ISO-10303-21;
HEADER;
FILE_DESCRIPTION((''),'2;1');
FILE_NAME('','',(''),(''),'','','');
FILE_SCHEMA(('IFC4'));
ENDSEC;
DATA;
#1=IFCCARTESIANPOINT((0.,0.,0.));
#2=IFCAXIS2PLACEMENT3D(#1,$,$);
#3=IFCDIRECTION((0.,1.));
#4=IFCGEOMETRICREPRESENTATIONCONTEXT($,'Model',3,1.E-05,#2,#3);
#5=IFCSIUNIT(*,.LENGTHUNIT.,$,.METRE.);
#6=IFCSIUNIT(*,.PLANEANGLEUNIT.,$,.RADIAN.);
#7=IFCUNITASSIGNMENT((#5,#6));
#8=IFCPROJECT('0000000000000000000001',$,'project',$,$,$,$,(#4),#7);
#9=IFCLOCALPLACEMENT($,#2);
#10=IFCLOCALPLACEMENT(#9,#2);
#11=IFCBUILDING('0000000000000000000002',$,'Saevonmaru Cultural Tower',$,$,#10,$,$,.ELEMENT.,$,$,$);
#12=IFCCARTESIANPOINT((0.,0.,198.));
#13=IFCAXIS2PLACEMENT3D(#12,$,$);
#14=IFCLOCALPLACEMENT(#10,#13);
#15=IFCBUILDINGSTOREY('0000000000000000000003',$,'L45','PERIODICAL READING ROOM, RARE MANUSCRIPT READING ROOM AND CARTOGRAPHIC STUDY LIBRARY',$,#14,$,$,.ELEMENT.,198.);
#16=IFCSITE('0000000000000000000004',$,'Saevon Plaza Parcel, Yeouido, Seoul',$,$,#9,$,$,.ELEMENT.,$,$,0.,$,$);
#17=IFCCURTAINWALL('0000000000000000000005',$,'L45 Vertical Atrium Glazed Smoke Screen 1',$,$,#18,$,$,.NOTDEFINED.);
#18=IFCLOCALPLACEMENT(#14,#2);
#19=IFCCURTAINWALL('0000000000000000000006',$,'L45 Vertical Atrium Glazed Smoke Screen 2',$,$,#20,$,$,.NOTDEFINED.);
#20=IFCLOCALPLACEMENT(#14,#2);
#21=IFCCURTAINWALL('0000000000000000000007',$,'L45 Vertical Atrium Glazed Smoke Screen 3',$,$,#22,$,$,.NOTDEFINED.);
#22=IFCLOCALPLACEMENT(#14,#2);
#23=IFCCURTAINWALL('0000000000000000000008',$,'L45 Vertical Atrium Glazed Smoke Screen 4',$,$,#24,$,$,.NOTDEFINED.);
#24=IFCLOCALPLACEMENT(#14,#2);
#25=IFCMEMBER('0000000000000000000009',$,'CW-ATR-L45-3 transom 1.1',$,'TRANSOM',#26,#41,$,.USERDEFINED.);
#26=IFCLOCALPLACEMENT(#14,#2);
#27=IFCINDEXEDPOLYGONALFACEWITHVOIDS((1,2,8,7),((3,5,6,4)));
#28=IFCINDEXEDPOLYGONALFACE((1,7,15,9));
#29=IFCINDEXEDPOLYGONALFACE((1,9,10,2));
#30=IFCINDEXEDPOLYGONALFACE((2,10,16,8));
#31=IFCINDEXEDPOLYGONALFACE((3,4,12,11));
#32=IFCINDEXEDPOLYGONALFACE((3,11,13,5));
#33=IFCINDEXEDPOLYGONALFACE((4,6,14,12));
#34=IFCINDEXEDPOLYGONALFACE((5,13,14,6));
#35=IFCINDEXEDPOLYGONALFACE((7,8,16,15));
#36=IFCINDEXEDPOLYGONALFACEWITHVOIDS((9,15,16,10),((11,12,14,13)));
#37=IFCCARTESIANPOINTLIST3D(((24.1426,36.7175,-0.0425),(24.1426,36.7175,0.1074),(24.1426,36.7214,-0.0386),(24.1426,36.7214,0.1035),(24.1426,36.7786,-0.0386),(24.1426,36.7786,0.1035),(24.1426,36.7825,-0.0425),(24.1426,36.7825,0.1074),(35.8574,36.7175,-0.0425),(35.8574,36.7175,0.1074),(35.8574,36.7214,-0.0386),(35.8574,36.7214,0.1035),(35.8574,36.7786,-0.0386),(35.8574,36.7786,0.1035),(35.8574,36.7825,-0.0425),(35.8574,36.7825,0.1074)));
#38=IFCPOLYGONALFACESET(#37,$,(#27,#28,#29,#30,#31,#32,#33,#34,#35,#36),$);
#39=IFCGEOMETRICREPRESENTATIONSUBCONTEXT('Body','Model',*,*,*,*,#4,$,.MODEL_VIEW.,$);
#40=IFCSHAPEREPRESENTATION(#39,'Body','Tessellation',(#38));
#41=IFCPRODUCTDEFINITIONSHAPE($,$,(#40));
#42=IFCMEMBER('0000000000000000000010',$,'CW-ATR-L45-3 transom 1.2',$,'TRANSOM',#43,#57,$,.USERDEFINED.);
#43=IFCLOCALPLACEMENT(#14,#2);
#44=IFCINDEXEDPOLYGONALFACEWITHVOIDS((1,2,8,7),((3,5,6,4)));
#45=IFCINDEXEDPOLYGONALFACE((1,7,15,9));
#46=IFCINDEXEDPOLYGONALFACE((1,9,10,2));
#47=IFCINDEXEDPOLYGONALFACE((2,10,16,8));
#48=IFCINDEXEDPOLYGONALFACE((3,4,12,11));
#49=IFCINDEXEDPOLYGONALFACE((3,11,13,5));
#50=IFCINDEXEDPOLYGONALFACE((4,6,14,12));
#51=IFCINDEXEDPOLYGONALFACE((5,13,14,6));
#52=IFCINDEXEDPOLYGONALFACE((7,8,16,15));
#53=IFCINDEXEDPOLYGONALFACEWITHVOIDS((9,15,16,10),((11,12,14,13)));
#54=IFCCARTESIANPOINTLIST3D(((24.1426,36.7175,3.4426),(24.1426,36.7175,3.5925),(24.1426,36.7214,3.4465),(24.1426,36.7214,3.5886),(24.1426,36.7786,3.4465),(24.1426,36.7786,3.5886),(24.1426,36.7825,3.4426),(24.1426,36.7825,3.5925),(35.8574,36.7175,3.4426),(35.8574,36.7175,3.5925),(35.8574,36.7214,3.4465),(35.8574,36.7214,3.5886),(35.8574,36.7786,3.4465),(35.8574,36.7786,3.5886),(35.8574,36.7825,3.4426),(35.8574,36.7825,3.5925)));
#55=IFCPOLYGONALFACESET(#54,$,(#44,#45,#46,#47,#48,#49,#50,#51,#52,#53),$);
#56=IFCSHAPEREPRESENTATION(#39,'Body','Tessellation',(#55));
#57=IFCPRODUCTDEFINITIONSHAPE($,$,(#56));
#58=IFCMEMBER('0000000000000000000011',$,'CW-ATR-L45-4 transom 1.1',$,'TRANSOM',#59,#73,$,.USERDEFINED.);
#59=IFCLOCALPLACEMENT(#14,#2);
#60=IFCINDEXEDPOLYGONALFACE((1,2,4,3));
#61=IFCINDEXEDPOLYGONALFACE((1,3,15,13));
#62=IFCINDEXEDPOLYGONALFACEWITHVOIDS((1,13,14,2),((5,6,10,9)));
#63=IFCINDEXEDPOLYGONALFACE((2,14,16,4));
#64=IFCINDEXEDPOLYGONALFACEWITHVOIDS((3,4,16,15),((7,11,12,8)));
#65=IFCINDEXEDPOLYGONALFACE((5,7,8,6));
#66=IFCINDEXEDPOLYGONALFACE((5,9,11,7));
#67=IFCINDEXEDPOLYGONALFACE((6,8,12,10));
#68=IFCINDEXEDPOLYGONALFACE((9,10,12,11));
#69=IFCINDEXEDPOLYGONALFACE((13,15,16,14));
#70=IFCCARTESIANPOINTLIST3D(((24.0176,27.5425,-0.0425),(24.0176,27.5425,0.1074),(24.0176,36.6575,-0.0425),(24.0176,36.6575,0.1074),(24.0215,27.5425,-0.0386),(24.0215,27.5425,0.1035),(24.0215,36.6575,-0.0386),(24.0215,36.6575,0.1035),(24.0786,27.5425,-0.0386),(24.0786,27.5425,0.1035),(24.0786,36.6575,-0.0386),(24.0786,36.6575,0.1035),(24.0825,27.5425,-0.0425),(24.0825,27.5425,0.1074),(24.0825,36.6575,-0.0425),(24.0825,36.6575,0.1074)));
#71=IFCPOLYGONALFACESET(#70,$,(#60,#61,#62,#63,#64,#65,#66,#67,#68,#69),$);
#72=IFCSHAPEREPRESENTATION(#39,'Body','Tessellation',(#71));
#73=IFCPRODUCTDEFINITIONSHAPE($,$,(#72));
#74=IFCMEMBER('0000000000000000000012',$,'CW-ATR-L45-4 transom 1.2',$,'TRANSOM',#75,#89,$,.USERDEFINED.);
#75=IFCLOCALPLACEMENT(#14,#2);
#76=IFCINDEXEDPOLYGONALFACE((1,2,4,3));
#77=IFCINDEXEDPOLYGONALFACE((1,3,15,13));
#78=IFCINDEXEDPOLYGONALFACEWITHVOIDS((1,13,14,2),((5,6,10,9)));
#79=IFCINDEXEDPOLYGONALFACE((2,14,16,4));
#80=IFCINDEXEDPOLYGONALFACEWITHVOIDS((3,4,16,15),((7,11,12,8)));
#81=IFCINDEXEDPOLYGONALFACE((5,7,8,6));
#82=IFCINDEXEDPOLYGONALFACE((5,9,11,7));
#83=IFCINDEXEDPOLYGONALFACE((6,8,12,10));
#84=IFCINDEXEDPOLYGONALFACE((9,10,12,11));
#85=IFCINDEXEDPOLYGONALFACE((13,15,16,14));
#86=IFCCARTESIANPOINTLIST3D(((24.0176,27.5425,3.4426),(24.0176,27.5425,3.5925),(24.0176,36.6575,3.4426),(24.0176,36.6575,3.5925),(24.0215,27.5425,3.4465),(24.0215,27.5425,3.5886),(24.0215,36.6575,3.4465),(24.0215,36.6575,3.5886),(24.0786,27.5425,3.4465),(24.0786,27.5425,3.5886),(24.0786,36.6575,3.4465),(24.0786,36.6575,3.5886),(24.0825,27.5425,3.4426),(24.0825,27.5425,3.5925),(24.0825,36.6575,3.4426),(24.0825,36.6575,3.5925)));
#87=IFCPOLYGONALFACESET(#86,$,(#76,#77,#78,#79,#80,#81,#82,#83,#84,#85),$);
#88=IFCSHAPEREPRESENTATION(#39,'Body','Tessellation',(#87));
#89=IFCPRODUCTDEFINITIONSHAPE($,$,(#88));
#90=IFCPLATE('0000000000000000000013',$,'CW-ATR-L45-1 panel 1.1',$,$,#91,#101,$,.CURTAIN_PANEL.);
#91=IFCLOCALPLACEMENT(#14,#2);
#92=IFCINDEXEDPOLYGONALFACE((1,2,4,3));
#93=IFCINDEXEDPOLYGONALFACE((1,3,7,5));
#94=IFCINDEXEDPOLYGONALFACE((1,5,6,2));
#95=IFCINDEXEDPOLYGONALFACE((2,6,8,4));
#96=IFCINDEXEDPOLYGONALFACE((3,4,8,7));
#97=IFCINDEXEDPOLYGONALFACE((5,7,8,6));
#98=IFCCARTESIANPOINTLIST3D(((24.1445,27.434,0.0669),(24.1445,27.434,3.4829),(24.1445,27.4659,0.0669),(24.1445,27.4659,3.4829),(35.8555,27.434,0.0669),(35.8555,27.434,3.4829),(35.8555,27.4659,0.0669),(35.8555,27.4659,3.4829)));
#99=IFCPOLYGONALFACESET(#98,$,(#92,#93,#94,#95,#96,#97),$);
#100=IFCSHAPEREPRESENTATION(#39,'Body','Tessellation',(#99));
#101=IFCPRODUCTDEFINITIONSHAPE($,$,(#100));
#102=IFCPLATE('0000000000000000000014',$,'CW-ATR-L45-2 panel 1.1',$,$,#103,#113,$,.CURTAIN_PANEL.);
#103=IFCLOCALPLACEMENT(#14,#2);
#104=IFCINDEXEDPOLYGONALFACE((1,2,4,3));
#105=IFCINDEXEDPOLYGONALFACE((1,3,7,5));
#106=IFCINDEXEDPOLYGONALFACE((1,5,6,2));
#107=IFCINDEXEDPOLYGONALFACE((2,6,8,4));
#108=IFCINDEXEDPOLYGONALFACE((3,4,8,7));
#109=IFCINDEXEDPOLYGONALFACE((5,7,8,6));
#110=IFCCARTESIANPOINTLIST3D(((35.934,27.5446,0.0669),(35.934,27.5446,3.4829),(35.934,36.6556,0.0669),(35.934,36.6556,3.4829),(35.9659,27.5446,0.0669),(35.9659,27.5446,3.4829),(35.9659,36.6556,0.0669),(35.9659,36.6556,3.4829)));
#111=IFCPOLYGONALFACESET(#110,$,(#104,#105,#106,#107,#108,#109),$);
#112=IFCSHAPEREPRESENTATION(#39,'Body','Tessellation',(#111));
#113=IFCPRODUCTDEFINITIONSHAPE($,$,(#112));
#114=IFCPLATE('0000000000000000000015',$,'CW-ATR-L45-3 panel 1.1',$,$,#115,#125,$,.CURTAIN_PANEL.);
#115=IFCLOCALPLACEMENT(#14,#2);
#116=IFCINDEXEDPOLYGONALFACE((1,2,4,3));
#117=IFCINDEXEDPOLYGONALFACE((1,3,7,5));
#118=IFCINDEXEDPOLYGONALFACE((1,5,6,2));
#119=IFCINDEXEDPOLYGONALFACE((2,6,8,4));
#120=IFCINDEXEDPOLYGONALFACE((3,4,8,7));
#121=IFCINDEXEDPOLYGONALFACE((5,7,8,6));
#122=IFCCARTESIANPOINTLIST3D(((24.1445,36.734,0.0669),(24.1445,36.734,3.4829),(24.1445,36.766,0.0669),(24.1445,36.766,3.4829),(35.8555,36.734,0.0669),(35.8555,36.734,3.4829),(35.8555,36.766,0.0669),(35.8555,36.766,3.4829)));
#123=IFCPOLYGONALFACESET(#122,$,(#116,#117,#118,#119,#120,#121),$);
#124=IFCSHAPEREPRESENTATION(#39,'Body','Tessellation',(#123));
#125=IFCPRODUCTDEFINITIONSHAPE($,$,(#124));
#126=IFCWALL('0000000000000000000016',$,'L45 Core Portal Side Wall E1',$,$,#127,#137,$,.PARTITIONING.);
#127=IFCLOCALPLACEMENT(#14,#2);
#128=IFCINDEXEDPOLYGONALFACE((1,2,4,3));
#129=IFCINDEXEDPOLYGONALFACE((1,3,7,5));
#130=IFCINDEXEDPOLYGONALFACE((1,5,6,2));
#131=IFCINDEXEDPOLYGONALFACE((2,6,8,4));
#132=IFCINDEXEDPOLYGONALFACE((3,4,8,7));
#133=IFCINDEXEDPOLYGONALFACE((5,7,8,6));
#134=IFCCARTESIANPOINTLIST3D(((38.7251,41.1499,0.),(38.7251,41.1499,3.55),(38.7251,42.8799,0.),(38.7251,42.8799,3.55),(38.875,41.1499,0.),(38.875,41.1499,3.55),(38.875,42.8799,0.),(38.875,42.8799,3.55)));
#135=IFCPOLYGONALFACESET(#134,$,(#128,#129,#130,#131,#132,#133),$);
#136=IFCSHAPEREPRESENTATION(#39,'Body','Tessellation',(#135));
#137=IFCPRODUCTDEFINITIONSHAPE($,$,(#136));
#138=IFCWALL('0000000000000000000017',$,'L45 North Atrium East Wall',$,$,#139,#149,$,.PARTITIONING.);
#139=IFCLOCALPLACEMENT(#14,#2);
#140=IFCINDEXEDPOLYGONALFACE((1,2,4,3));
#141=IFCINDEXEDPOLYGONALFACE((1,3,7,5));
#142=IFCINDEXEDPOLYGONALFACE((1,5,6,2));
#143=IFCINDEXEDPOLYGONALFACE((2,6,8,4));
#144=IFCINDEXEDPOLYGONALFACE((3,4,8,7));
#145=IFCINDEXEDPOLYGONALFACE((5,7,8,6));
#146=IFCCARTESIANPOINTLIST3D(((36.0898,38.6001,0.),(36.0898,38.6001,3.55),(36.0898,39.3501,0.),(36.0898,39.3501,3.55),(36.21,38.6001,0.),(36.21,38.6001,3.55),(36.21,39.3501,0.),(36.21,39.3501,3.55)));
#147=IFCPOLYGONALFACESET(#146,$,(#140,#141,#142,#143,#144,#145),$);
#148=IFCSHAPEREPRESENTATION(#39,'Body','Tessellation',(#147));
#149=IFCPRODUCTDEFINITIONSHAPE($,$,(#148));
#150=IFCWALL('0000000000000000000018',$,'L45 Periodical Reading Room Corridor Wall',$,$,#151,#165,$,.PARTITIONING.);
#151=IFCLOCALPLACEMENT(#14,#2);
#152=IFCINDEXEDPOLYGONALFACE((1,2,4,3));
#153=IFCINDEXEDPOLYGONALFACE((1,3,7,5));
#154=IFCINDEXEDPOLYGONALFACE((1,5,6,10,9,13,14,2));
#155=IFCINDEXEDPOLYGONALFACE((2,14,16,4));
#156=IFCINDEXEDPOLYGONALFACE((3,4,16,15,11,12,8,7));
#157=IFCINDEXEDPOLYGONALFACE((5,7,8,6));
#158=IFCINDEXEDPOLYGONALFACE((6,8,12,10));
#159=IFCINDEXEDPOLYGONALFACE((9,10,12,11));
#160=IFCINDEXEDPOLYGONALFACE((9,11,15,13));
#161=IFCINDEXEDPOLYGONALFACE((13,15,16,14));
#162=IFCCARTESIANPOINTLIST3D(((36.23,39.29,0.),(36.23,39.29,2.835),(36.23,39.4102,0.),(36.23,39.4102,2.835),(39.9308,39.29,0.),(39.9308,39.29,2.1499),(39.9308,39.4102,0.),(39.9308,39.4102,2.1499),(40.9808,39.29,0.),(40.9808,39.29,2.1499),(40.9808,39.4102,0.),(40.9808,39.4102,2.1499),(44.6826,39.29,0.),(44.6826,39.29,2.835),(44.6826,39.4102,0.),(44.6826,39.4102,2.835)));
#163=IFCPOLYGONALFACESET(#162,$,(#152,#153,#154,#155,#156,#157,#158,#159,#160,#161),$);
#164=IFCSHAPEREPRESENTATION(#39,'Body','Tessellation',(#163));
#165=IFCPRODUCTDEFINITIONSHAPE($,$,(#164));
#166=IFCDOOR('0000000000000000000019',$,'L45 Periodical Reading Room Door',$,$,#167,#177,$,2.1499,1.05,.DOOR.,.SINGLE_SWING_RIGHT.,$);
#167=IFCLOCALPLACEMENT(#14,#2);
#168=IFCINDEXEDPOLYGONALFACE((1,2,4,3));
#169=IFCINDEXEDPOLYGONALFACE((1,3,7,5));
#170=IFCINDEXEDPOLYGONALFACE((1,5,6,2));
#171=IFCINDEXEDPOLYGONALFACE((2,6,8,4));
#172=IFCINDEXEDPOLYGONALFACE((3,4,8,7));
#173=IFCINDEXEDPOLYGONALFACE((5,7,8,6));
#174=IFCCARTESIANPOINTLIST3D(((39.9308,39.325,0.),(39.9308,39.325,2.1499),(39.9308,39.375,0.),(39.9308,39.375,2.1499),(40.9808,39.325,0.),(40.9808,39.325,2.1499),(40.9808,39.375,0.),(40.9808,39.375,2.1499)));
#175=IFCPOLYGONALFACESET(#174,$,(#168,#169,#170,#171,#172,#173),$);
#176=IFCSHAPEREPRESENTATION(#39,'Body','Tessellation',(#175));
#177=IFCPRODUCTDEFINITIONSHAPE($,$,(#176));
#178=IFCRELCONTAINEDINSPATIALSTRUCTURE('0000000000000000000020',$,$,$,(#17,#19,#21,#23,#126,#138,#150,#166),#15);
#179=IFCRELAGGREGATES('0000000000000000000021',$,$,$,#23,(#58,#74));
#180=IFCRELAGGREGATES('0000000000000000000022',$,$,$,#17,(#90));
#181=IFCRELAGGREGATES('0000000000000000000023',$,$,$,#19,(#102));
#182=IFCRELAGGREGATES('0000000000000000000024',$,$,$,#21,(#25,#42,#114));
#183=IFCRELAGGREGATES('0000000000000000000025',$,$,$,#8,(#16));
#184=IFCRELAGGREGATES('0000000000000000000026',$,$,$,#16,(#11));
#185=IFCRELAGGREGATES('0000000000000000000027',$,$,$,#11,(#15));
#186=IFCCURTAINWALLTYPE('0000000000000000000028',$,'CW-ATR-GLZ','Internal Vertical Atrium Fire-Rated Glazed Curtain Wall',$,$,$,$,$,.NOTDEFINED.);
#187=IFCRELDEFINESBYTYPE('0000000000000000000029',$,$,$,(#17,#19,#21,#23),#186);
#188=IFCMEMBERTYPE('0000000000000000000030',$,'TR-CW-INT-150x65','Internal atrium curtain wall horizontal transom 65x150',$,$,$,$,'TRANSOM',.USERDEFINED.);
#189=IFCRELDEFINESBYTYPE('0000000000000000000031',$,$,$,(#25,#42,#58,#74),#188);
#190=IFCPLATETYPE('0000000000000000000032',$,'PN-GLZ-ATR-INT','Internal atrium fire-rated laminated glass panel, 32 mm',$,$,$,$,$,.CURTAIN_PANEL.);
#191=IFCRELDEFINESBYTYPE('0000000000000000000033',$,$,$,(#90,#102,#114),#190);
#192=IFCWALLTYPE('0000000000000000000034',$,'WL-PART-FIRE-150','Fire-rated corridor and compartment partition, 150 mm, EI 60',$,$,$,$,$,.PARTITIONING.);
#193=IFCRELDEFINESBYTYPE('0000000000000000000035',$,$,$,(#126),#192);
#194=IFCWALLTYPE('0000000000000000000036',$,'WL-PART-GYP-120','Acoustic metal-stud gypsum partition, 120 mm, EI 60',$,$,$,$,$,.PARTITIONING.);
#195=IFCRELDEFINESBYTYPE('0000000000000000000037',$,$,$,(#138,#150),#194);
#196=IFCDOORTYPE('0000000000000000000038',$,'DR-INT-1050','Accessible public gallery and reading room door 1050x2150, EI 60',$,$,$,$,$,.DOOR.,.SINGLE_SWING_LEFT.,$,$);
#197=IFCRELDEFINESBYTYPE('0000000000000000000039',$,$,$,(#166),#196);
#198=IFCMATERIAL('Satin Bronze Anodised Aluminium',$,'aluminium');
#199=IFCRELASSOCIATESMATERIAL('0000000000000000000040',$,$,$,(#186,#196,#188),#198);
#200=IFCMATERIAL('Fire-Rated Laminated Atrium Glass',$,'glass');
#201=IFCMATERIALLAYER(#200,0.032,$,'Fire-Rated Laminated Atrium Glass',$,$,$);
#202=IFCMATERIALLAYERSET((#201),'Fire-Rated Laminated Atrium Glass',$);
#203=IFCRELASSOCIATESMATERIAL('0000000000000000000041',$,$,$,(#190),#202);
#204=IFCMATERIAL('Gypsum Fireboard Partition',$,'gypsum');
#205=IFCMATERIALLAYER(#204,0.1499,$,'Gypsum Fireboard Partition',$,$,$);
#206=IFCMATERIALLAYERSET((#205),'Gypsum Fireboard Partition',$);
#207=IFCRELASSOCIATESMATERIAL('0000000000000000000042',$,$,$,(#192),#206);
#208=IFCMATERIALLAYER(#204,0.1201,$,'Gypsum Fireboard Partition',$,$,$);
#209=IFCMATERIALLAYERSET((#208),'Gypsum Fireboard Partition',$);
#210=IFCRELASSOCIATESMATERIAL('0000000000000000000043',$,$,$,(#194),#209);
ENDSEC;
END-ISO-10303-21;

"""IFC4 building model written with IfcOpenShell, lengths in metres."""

from ifc_helpers import new_model, si_unit, direction, frame, frame_2d, origin, origin_2d, place, context, subcontext, project, spatial, rectangle, hollow_rectangle, extrude, material, layer, layer_set, material_profile, profile_set, type_object, element, fill, aggregate, save


model = new_model("IFC4")

# Units and contexts
model_context = context("Model", 3, precision=1e-05, world=origin(), true_north=direction((0.0, 1.0)))
body_context = subcontext(model_context, "Body", "Model", "MODEL_VIEW")
ifc_project = project(units=[si_unit("LENGTHUNIT", "METRE"), si_unit("PLANEANGLEUNIT", "RADIAN")], contexts=[model_context])

# Site, building, storey
site_placement = place(None, origin())
site = spatial("IfcSite", under=ifc_project, at=site_placement, Name="Saevon Plaza Parcel, Yeouido, Seoul", CompositionType="ELEMENT", RefElevation=0.0)
building_placement = place(site_placement, origin())
building = spatial("IfcBuilding", under=site, at=building_placement, Name="Saevonmaru Cultural Tower", CompositionType="ELEMENT")
storey_placement = place(building_placement, frame((0.0, 0.0, 198.0)))
storey = spatial("IfcBuildingStorey", under=building, at=storey_placement, Name="L45", Description="PERIODICAL READING ROOM, RARE MANUSCRIPT READING ROOM AND CARTOGRAPHIC STUDY LIBRARY", CompositionType="ELEMENT", Elevation=198.0)

# Curtain walls
ifc_material_1 = material(Name="Satin Bronze Anodised Aluminium", Category="aluminium")
curtain_wall_type = type_object("IfcCurtainWallType", Name="CW-ATR-GLZ", Description="Internal Vertical Atrium Fire-Rated Glazed Curtain Wall", PredefinedType="NOTDEFINED", material=ifc_material_1)
curtain_wall_1_placement = place(storey_placement, origin())
curtain_wall_1 = element("IfcCurtainWall", 1, at=curtain_wall_1_placement, inside=storey, type_object=curtain_wall_type, Name="L45 Vertical Atrium Glazed Smoke Screen 1", PredefinedType="NOTDEFINED")
curtain_wall_2_placement = place(storey_placement, origin())
curtain_wall_2 = element("IfcCurtainWall", 2, at=curtain_wall_2_placement, inside=storey, type_object=curtain_wall_type, Name="L45 Vertical Atrium Glazed Smoke Screen 2", PredefinedType="NOTDEFINED")
curtain_wall_3_placement = place(storey_placement, origin())
curtain_wall_3 = element("IfcCurtainWall", 3, at=curtain_wall_3_placement, inside=storey, type_object=curtain_wall_type, Name="L45 Vertical Atrium Glazed Smoke Screen 3", PredefinedType="NOTDEFINED")

# Curtain wall
curtain_wall_4_placement = place(storey_placement, origin())
curtain_wall_4 = element("IfcCurtainWall", 4, at=curtain_wall_4_placement, inside=storey, type_object=curtain_wall_type, Name="L45 Vertical Atrium Glazed Smoke Screen 4", PredefinedType="NOTDEFINED")

# Members
ifc_material_profile_1 = material_profile(ifc_material_1, hollow_rectangle(XDim=0.0649, YDim=0.1499, WallThickness=0.0039, at=origin_2d()), Name="ALU-TRAN-150x65x4")
ifc_profile_set_1 = profile_set([ifc_material_profile_1], Name="Satin Bronze Anodised Aluminium")
member_type_1 = type_object("IfcMemberType", Name="TR-CW-INT-150x65", Description="Internal atrium curtain wall horizontal transom 65x150", ElementType="TRANSOM", PredefinedType="USERDEFINED", material=ifc_profile_set_1)
member_1_placement = place(storey_placement, frame((35.8574, 36.75, 0.0325), z_axis=(-1.0, 0.0, 0.0), x_axis=(0.0, -1.0, 0.0)))
member_1 = element("IfcMember", 5, at=member_1_placement, type_object=member_type_1, Name="CW-ATR-L45-3 transom 1.1", ObjectType="TRANSOM", PredefinedType="USERDEFINED", context=body_context, shape_type="SweptSolid", body=[
    extrude(hollow_rectangle(XDim=0.0649, YDim=0.1499, WallThickness=0.0039, at=origin_2d()), origin(), (0.0, 0.0, 1.0), 11.7148),
])
member_2_placement = place(storey_placement, frame((35.8574, 36.75, 3.5176), z_axis=(-1.0, 0.0, 0.0), x_axis=(0.0, -1.0, 0.0)))
member_2 = element("IfcMember", 6, at=member_2_placement, type_object=member_type_1, Name="CW-ATR-L45-3 transom 1.2", ObjectType="TRANSOM", PredefinedType="USERDEFINED", context=body_context, shape_type="SweptSolid", body=[
    extrude(hollow_rectangle(XDim=0.0649, YDim=0.1499, WallThickness=0.0039, at=origin_2d()), origin(), (0.0, 0.0, 1.0), 11.7148),
])
member_3_placement = place(storey_placement, frame((24.05, 36.6575, 0.0325), z_axis=(0.0, -1.0, 0.0), x_axis=(1.0, 0.0, 0.0)))
member_3 = element("IfcMember", 7, at=member_3_placement, type_object=member_type_1, Name="CW-ATR-L45-4 transom 1.1", ObjectType="TRANSOM", PredefinedType="USERDEFINED", context=body_context, shape_type="SweptSolid", body=[
    extrude(hollow_rectangle(XDim=0.0649, YDim=0.1499, WallThickness=0.0039, at=origin_2d()), origin(), (0.0, 0.0, 1.0), 9.115),
])
member_4_placement = place(storey_placement, frame((24.05, 36.6575, 3.5176), z_axis=(0.0, -1.0, 0.0), x_axis=(1.0, 0.0, 0.0)))
member_4 = element("IfcMember", 8, at=member_4_placement, type_object=member_type_1, Name="CW-ATR-L45-4 transom 1.2", ObjectType="TRANSOM", PredefinedType="USERDEFINED", context=body_context, shape_type="SweptSolid", body=[
    extrude(hollow_rectangle(XDim=0.0649, YDim=0.1499, WallThickness=0.0039, at=origin_2d()), origin(), (0.0, 0.0, 1.0), 9.115),
])
aggregate(curtain_wall_4, [member_3, member_4])

# Plates
ifc_material_2 = material(Name="Fire-Rated Laminated Atrium Glass", Category="glass")
ifc_layer_1 = layer(ifc_material_2, 0.032, Name="Fire-Rated Laminated Atrium Glass")
ifc_layer_set_1 = layer_set([ifc_layer_1], Name="Fire-Rated Laminated Atrium Glass")
plate_type = type_object("IfcPlateType", Name="PN-GLZ-ATR-INT", Description="Internal atrium fire-rated laminated glass panel, 32 mm", PredefinedType="CURTAIN_PANEL", material=ifc_layer_set_1)
plate_1_placement = place(storey_placement, frame((30.0, 27.45, 0.0669), z_axis=(0.0, 0.0, 1.0), x_axis=(1.0, 0.0, 0.0)))
plate_1 = element("IfcPlate", 9, at=plate_1_placement, type_object=plate_type, Name="CW-ATR-L45-1 panel 1.1", PredefinedType="CURTAIN_PANEL", context=body_context, shape_type="SweptSolid", body=[
    extrude(rectangle(XDim=11.7109, YDim=0.032, at=origin_2d()), origin(), (0.0, 0.0, 1.0), 3.416),
])
aggregate(curtain_wall_1, [plate_1])
plate_2_placement = place(storey_placement, frame((35.95, 32.1001, 0.0669), z_axis=(0.0, 0.0, 1.0), x_axis=(0.0, 1.0, 0.0)))
plate_2 = element("IfcPlate", 10, at=plate_2_placement, type_object=plate_type, Name="CW-ATR-L45-2 panel 1.1", PredefinedType="CURTAIN_PANEL", context=body_context, shape_type="SweptSolid", body=[
    extrude(rectangle(XDim=9.1111, YDim=0.032, at=origin_2d()), origin(), (0.0, 0.0, 1.0), 3.416),
])
aggregate(curtain_wall_2, [plate_2])
plate_3_placement = place(storey_placement, frame((30.0, 36.75, 0.0669), z_axis=(0.0, 0.0, 1.0), x_axis=(-1.0, 0.0, 0.0)))
plate_3 = element("IfcPlate", 11, at=plate_3_placement, type_object=plate_type, Name="CW-ATR-L45-3 panel 1.1", PredefinedType="CURTAIN_PANEL", context=body_context, shape_type="SweptSolid", body=[
    extrude(rectangle(XDim=11.7109, YDim=0.032, at=origin_2d()), origin(), (0.0, 0.0, 1.0), 3.416),
])
aggregate(curtain_wall_3, [member_1, member_2, plate_3])

# Walls
ifc_material_3 = material(Name="Gypsum Fireboard Partition", Category="gypsum")
ifc_layer_2 = layer(ifc_material_3, 0.1499, Name="Gypsum Fireboard Partition")
ifc_layer_set_2 = layer_set([ifc_layer_2], Name="Gypsum Fireboard Partition")
wall_type_1 = type_object("IfcWallType", Name="WL-PART-FIRE-150", Description="Fire-rated corridor and compartment partition, 150 mm, EI 60", PredefinedType="PARTITIONING", material=ifc_layer_set_2)
wall_1_placement = place(storey_placement, frame((38.8, 41.1499, 0.0), z_axis=(0.0, 0.0, 1.0), x_axis=(0.0, 1.0, 0.0)))
element("IfcWall", 12, at=wall_1_placement, inside=storey, type_object=wall_type_1, Name="L45 Core Portal Side Wall E1", PredefinedType="PARTITIONING", context=body_context, shape_type="SweptSolid", body=[
    extrude(rectangle(XDim=1.73, YDim=0.1499, at=frame_2d((0.865, 0.0))), origin(), (0.0, 0.0, 1.0), 3.55),
])
ifc_layer_3 = layer(ifc_material_3, 0.1201, Name="Gypsum Fireboard Partition")
ifc_layer_set_3 = layer_set([ifc_layer_3], Name="Gypsum Fireboard Partition")
wall_type_2 = type_object("IfcWallType", Name="WL-PART-GYP-120", Description="Acoustic metal-stud gypsum partition, 120 mm, EI 60", PredefinedType="PARTITIONING", material=ifc_layer_set_3)
wall_2_placement = place(storey_placement, frame((36.1499, 38.6001, 0.0), z_axis=(0.0, 0.0, 1.0), x_axis=(0.0, 1.0, 0.0)))
element("IfcWall", 13, at=wall_2_placement, inside=storey, type_object=wall_type_2, Name="L45 North Atrium East Wall", PredefinedType="PARTITIONING", context=body_context, shape_type="SweptSolid", body=[
    extrude(rectangle(XDim=0.75, YDim=0.1201, at=frame_2d((0.375, 0.0))), origin(), (0.0, 0.0, 1.0), 3.55),
])

# Wall, opening, door
wall_3_placement = place(storey_placement, frame((36.23, 39.3501, 0.0), z_axis=(0.0, 0.0, 1.0), x_axis=(1.0, 0.0, 0.0)))
wall_3 = element("IfcWall", 14, at=wall_3_placement, inside=storey, type_object=wall_type_2, Name="L45 Periodical Reading Room Corridor Wall", PredefinedType="PARTITIONING", context=body_context, shape_type="SweptSolid", body=[
    extrude(rectangle(XDim=8.4526, YDim=0.1201, at=frame_2d((4.2263, 0.0))), origin(), (0.0, 0.0, 1.0), 2.835),
])
opening_placement = place(wall_3_placement, frame((3.7009, 0.0, 0.0)))
opening = element("IfcOpeningElement", 15, at=opening_placement, cuts=wall_3, PredefinedType="OPENING", context=body_context, shape_type="SweptSolid", body=[
    extrude(rectangle(XDim=1.05, YDim=2.1499, at=frame_2d((0.5249, 1.075))), frame((0.0, 0.0701, 0.0), z_axis=(0.0, -1.0, 0.0), x_axis=(1.0, 0.0, 0.0)), (0.0, 0.0, 1.0), 0.1401),
])
door_type = type_object("IfcDoorType", Name="DR-INT-1050", Description="Accessible public gallery and reading room door 1050x2150, EI 60", OperationType="SINGLE_SWING_LEFT", PredefinedType="DOOR", material=ifc_material_1)
door_placement = place(opening_placement, origin())
door = element("IfcDoor", 16, at=door_placement, inside=storey, type_object=door_type, Name="L45 Periodical Reading Room Door", OperationType="SINGLE_SWING_RIGHT", OverallHeight=2.1499, OverallWidth=1.05, PredefinedType="DOOR", context=body_context, shape_type="SweptSolid", body=[
    extrude(rectangle(XDim=1.05, YDim=2.1499, at=frame_2d((0.5249, 1.075))), frame((0.0, 0.0249, 0.0), z_axis=(0.0, -1.0, 0.0), x_axis=(1.0, 0.0, 0.0)), (0.0, 0.0, 1.0), 0.05),
])
fill(opening, door)

save(model, "model.ifc")
